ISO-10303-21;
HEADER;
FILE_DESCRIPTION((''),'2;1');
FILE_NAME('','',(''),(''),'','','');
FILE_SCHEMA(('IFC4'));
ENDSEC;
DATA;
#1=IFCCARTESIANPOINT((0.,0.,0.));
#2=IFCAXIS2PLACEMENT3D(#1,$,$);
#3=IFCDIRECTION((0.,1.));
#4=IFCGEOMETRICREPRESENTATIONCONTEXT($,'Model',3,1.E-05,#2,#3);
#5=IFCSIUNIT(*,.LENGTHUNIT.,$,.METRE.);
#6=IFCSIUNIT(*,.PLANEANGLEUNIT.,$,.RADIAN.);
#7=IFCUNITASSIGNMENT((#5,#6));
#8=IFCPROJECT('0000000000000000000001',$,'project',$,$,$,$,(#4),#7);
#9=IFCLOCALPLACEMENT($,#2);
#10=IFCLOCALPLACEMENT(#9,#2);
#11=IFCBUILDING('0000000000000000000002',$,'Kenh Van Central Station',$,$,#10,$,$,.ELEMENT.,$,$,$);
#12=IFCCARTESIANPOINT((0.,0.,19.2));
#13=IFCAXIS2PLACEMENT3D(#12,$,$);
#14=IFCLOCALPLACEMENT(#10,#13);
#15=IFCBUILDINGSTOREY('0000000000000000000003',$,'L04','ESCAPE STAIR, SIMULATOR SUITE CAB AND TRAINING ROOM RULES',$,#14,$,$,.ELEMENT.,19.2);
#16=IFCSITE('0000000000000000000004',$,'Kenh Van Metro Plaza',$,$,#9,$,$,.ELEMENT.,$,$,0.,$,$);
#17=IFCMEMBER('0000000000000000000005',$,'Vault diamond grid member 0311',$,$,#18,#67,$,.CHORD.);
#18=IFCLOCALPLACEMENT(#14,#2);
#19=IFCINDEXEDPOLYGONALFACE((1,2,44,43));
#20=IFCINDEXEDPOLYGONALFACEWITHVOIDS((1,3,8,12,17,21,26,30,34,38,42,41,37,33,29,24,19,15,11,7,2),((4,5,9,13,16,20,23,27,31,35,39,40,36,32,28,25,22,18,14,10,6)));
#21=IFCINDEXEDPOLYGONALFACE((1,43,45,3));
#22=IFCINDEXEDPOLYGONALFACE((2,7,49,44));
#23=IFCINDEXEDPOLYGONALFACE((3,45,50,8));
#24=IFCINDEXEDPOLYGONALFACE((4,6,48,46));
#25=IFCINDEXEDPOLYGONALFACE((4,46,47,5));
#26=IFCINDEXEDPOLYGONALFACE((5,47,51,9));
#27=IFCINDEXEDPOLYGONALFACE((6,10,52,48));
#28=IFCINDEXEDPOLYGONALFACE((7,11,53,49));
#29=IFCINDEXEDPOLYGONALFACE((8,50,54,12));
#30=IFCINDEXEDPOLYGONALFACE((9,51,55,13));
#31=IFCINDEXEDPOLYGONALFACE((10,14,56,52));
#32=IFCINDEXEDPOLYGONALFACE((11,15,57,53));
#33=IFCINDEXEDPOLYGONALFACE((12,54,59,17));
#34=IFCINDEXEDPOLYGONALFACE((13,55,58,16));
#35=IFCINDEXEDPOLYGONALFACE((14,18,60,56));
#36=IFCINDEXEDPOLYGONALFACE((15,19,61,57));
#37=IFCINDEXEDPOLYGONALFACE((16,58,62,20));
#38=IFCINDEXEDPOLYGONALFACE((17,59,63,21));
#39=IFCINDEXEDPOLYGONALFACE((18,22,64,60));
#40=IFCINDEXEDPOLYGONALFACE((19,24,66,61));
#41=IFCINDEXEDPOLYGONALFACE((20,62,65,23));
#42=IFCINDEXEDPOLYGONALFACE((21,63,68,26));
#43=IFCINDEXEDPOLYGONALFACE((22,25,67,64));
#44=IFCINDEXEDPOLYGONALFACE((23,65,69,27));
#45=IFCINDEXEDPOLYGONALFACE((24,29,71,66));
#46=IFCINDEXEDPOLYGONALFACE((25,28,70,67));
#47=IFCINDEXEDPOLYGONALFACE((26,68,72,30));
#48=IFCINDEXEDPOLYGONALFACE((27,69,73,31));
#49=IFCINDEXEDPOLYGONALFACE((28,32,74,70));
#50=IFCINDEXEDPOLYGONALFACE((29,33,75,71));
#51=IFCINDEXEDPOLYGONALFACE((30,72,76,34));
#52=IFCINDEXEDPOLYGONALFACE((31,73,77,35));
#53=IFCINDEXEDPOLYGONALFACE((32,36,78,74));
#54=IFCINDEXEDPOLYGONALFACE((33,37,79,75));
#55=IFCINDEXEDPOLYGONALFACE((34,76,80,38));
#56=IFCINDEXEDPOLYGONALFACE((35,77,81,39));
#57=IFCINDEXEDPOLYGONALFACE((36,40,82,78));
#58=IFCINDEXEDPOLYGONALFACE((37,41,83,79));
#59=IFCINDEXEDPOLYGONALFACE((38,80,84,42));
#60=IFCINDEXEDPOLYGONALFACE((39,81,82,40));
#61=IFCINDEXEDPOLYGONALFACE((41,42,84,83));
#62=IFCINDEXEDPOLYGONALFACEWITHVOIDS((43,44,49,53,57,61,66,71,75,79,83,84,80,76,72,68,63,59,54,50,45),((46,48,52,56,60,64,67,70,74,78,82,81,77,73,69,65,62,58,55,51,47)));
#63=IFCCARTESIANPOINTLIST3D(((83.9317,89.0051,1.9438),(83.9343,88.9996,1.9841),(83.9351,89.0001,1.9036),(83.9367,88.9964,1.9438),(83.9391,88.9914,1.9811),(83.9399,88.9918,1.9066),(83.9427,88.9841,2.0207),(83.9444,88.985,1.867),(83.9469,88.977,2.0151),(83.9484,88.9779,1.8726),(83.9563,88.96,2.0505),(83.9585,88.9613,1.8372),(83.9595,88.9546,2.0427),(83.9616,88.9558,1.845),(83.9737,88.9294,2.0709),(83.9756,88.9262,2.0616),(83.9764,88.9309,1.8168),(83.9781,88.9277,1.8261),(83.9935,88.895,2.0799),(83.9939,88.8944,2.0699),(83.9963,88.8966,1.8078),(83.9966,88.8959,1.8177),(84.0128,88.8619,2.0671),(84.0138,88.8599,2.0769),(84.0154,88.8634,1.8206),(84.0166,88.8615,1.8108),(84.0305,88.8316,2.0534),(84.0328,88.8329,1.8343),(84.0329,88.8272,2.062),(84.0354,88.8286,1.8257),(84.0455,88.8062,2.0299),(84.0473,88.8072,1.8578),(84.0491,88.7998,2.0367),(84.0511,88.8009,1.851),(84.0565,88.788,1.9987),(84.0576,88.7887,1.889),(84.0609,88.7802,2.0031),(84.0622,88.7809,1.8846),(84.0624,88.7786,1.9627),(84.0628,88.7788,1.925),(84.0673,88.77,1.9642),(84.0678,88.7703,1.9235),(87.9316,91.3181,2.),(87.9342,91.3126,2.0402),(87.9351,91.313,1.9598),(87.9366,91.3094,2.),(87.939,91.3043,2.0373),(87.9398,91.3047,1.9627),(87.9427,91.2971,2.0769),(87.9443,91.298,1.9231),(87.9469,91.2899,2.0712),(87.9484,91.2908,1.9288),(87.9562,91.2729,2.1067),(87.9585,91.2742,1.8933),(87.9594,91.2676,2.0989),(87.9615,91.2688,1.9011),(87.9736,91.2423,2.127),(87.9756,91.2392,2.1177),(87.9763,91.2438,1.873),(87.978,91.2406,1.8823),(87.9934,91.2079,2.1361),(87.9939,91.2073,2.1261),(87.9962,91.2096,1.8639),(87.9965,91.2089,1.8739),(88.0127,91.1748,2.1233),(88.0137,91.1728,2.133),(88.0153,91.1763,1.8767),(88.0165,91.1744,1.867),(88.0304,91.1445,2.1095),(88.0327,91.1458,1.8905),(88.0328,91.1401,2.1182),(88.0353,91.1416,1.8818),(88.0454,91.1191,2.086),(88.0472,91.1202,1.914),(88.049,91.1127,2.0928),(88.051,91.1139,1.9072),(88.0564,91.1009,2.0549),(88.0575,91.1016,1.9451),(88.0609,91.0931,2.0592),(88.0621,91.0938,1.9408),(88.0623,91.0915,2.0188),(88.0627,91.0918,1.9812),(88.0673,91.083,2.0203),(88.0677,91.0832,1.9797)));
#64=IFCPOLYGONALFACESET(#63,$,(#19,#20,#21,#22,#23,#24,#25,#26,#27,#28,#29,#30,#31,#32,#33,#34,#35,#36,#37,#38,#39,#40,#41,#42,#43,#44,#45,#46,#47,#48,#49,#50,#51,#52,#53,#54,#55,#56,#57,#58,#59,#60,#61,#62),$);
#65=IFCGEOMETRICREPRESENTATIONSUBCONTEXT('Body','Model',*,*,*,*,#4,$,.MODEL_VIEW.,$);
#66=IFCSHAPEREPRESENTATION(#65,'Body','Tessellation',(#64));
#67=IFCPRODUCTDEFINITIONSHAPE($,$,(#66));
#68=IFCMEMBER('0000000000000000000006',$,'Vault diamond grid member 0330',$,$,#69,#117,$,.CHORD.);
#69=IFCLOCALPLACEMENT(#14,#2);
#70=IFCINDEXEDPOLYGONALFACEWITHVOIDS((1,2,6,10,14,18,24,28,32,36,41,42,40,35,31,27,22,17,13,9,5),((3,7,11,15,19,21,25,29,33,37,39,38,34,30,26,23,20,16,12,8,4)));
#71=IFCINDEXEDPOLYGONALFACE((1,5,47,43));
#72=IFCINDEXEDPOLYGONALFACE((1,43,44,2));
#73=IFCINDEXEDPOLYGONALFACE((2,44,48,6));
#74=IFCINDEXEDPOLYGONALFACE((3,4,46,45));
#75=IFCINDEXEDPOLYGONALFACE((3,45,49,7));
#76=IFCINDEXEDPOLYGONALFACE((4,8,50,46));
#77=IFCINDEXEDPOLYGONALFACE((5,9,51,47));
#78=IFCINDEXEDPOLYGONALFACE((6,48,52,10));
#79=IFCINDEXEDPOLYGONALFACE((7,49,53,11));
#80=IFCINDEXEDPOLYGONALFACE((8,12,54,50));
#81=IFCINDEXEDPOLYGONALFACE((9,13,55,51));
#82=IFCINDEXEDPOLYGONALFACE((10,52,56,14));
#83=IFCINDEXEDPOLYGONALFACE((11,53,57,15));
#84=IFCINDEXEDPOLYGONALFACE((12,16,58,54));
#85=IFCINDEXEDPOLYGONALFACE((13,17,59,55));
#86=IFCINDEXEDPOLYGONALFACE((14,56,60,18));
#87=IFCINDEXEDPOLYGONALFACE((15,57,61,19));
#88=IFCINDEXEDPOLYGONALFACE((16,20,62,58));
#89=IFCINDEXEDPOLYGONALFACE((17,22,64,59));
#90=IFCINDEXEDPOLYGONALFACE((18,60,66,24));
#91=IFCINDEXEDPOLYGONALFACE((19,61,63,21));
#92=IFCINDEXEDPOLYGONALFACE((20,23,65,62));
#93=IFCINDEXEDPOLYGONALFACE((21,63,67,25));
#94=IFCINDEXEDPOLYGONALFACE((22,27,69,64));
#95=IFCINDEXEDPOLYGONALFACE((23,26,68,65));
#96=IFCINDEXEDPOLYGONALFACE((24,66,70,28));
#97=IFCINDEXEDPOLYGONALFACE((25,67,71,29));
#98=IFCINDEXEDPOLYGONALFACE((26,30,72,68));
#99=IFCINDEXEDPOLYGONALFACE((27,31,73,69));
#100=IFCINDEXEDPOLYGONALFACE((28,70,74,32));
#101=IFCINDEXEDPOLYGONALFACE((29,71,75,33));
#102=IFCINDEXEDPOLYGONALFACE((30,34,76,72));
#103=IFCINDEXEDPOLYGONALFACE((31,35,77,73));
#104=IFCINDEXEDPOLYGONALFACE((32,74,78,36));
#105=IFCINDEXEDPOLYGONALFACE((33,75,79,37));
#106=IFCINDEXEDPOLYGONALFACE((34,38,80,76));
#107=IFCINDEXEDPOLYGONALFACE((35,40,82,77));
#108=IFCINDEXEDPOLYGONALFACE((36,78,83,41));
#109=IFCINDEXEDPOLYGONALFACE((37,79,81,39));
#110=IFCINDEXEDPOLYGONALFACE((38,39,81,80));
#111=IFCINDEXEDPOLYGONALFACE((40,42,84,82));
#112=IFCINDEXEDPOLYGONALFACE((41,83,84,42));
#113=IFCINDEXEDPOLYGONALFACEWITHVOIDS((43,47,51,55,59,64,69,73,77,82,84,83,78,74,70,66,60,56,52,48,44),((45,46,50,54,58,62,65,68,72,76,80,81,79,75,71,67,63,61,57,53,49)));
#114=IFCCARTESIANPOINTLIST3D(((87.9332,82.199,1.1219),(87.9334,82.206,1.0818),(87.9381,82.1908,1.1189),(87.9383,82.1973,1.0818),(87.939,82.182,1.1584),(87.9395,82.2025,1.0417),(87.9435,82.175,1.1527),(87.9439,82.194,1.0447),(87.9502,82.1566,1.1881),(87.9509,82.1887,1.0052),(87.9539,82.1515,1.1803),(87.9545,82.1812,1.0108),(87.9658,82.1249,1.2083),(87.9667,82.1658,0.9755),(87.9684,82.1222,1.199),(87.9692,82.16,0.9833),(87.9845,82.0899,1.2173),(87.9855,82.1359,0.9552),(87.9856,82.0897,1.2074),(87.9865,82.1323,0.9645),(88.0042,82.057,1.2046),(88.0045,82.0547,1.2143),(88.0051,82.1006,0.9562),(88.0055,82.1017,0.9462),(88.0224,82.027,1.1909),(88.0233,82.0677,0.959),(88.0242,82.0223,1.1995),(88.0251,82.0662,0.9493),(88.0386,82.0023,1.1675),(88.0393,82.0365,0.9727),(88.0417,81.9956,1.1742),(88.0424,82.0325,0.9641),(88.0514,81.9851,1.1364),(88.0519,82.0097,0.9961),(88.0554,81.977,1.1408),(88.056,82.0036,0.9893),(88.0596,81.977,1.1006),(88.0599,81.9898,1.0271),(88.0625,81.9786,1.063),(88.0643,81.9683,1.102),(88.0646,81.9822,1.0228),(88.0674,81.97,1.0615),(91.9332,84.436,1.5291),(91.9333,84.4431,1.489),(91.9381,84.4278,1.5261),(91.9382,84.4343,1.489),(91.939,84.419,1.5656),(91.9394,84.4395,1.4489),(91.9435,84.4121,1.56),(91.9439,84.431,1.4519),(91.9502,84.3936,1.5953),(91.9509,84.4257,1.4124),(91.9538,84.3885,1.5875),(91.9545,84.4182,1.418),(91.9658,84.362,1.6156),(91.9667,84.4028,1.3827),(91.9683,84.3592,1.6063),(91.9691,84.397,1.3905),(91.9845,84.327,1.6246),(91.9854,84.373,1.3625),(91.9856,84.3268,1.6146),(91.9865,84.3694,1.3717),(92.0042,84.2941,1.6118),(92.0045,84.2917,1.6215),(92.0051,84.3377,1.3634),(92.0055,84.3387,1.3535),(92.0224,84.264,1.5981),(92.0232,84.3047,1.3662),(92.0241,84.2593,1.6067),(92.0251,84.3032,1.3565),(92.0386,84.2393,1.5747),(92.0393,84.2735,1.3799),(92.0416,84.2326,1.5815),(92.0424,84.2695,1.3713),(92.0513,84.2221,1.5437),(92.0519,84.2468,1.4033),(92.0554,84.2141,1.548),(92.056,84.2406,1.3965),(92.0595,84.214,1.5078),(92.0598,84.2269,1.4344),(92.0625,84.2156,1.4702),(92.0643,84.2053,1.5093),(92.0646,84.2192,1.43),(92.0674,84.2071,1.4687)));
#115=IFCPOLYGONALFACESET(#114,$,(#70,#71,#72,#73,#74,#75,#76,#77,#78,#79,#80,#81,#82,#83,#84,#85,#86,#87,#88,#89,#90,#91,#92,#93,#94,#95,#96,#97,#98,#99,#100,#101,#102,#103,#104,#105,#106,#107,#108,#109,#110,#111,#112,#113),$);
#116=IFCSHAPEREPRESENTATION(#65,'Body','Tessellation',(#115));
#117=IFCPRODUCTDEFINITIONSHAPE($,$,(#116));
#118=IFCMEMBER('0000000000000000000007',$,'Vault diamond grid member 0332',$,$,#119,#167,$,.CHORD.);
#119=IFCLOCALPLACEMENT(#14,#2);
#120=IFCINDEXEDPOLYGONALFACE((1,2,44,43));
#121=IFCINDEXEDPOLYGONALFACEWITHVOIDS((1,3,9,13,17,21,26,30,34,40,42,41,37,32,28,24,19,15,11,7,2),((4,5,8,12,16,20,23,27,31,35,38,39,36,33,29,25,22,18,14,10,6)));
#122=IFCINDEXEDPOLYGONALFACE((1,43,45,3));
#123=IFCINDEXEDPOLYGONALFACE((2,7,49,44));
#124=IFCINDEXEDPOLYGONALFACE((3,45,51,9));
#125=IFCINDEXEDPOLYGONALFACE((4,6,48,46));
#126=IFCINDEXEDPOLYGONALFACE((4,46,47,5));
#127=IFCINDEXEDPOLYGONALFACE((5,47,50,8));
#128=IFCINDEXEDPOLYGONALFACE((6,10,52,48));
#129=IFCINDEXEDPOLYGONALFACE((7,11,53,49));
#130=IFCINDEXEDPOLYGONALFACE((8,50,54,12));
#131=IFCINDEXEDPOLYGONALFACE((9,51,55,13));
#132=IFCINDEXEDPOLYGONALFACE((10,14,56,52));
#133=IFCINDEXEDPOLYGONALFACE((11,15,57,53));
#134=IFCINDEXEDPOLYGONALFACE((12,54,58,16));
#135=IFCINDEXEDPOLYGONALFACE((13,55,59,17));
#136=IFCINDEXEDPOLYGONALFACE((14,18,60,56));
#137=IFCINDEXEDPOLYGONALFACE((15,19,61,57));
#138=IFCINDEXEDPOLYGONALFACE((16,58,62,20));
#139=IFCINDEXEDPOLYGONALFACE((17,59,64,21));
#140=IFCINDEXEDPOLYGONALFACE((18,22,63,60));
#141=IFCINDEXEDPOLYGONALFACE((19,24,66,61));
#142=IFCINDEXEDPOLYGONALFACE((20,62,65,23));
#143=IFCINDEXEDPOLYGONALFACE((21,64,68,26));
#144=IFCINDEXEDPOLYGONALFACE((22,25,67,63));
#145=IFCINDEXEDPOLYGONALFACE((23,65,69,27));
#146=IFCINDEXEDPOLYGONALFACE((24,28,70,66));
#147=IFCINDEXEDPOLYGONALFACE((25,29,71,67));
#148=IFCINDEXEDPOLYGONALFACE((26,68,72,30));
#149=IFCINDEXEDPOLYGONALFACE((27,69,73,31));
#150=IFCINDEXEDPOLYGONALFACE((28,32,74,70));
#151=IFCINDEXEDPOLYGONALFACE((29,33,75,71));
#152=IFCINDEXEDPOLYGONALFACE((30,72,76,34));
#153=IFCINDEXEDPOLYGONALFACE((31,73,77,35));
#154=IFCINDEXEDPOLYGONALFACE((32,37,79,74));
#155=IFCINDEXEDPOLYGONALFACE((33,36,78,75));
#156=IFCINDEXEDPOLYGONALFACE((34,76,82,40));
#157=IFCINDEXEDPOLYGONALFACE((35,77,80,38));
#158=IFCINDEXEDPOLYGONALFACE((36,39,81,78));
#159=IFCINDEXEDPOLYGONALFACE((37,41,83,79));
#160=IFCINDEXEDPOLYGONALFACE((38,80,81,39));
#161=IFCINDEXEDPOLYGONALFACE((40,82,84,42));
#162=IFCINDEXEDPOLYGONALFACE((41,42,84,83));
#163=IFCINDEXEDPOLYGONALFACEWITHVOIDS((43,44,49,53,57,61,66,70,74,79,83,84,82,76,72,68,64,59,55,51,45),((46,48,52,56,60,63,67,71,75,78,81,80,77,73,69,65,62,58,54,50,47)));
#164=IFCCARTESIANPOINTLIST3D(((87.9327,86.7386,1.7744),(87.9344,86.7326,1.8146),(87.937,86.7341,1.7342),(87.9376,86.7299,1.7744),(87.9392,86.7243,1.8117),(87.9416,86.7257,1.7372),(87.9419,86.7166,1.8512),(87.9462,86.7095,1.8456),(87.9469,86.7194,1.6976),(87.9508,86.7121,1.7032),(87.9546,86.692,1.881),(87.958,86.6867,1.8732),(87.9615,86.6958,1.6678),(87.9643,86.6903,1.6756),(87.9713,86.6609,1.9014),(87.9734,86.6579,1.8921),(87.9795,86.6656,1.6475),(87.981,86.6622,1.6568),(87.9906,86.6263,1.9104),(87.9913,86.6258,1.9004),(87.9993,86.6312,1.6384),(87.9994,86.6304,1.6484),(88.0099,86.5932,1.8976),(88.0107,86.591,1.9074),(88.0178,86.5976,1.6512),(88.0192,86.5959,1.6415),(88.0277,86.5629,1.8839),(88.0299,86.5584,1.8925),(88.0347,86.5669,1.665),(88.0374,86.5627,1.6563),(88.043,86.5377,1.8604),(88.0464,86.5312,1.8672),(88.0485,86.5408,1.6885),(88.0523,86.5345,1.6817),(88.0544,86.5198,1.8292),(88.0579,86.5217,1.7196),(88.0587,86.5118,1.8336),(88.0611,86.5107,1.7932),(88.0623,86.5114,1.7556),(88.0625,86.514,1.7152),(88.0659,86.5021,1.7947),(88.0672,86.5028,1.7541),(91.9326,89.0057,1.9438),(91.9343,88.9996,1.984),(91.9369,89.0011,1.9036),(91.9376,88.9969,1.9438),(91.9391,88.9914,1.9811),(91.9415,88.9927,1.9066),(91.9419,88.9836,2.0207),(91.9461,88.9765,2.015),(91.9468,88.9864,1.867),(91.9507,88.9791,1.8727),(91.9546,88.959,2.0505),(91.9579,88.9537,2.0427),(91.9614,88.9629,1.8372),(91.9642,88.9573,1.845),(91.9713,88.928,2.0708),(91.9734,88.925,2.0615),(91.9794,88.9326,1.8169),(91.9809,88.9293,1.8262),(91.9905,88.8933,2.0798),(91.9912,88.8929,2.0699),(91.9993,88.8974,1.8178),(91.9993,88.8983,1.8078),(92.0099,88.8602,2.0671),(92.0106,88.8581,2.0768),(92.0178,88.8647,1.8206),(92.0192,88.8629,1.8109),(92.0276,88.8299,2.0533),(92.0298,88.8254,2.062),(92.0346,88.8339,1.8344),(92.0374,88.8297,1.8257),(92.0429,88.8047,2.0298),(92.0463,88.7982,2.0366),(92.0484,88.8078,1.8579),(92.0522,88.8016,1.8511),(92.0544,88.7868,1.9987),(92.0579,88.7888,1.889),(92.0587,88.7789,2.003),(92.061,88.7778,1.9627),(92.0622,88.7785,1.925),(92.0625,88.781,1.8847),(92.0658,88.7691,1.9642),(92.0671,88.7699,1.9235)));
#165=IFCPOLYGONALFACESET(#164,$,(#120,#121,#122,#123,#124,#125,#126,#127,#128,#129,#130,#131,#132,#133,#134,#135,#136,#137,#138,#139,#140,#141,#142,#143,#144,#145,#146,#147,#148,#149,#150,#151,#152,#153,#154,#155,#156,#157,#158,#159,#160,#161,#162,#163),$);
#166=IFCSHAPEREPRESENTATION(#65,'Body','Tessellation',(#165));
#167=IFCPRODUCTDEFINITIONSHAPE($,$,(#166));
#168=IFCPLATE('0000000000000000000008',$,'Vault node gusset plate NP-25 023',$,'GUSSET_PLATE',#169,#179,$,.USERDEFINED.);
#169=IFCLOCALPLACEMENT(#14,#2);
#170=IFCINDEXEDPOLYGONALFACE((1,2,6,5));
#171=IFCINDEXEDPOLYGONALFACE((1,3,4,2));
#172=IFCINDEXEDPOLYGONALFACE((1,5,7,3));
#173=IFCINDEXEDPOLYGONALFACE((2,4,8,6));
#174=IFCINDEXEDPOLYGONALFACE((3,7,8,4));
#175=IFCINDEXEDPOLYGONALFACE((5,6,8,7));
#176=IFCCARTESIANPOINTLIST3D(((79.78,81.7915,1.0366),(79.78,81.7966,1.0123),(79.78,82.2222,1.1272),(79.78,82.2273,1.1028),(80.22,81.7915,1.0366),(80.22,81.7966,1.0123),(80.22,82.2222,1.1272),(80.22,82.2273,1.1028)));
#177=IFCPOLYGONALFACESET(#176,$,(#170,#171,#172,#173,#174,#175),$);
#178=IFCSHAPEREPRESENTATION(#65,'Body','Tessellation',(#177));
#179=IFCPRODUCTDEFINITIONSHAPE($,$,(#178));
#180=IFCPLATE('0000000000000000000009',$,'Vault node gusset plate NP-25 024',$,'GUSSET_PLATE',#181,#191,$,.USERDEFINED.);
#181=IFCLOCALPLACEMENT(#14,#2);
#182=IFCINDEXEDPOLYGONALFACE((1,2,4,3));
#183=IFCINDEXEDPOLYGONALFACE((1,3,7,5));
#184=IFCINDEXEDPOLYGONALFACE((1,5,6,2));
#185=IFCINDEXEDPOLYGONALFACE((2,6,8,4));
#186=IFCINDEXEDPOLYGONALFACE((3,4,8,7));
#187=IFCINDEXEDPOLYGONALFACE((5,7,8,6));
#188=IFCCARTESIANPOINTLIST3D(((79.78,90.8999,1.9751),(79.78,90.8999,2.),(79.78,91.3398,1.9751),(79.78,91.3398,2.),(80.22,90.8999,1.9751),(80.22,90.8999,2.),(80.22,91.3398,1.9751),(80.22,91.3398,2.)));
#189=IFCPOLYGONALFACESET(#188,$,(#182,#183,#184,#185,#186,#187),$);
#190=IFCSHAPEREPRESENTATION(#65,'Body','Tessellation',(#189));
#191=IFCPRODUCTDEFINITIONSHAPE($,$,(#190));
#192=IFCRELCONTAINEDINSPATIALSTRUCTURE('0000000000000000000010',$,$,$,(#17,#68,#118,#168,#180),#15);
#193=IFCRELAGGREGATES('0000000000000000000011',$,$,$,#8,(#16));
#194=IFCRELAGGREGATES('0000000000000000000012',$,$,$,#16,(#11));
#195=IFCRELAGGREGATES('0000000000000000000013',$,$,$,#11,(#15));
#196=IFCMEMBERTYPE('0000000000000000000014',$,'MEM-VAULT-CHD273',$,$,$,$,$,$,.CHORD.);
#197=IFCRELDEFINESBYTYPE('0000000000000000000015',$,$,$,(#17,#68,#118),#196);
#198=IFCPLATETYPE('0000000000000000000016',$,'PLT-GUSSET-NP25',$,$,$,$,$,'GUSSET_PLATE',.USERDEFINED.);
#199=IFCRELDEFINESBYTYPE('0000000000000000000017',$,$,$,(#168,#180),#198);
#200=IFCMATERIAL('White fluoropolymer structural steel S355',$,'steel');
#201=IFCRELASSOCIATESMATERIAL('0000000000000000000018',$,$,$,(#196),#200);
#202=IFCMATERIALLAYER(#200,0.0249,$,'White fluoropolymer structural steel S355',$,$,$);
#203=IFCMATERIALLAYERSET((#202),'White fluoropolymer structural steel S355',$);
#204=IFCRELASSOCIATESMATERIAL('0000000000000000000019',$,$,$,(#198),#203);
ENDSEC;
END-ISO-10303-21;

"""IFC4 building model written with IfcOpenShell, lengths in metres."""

from ifc_helpers import new_model, si_unit, direction, frame, origin, origin_2d, place, context, subcontext, project, spatial, polyline, hollow_circle, outline, extrude, material, layer, layer_set, material_profile, profile_set, type_object, element, save


model = new_model("IFC4")

# Units and contexts
model_context = context("Model", 3, precision=1e-05, world=origin(), true_north=direction((0.0, 1.0)))
body_context = subcontext(model_context, "Body", "Model", "MODEL_VIEW")
ifc_project = project(units=[si_unit("LENGTHUNIT", "METRE"), si_unit("PLANEANGLEUNIT", "RADIAN")], contexts=[model_context])

# Site, building, storey
site_placement = place(None, origin())
site = spatial("IfcSite", under=ifc_project, at=site_placement, Name="Kenh Van Metro Plaza", CompositionType="ELEMENT", RefElevation=0.0)
building_placement = place(site_placement, origin())
building = spatial("IfcBuilding", under=site, at=building_placement, Name="Kenh Van Central Station", CompositionType="ELEMENT")
storey_placement = place(building_placement, frame((0.0, 0.0, 19.2)))
storey = spatial("IfcBuildingStorey", under=building, at=storey_placement, Name="L04", Description="ESCAPE STAIR, SIMULATOR SUITE CAB AND TRAINING ROOM RULES", CompositionType="ELEMENT", Elevation=19.2)

# Shared definitions
ifc_material_1 = material(Name="White fluoropolymer structural steel S355", Category="steel")

# Members
ifc_material_profile_1 = material_profile(ifc_material_1, hollow_circle(Radius=0.1365, WallThickness=0.01, at=origin_2d()), Name="CHS 273x10")
ifc_profile_set_1 = profile_set([ifc_material_profile_1], Name="White fluoropolymer structural steel S355")
member_type_1 = type_object("IfcMemberType", Name="MEM-VAULT-CHD273", PredefinedType="CHORD", material=ifc_profile_set_1)
for number, where, z_axis, x_axis, name in (
    (1, (84.0, 88.887, 1.9438), (0.865625, 0.500545, 0.012152), (-0.500582, 0.865689, 0.0), "Vault diamond grid member 0311"),
):
    element("IfcMember", number, at=place(storey_placement, frame(where, z_axis=z_axis, x_axis=x_axis)), inside=storey, type_object=member_type_1, Name=name, PredefinedType="CHORD", context=body_context, shape_type="SweptSolid", body=[
        extrude(hollow_circle(Radius=0.1365, WallThickness=0.01, at=origin_2d()), origin(), (0.0, 0.0, 1.0), 4.6208),
    ])
member_1_placement = place(storey_placement, frame((88.0, 82.0869, 1.0818), z_axis=(0.869354, 0.486199, 0.088506), x_axis=(-0.488115, 0.872779, 0.0)))
element("IfcMember", 2, at=member_1_placement, inside=storey, type_object=member_type_1, Name="Vault diamond grid member 0330", PredefinedType="CHORD", context=body_context, shape_type="SweptSolid", body=[
    extrude(hollow_circle(Radius=0.1365, WallThickness=0.01, at=origin_2d()), origin(), (0.0, 0.0, 1.0), 4.6011),
])
member_2_placement = place(storey_placement, frame((88.0, 86.6199, 1.7744), z_axis=(0.869393, 0.492748, 0.036826), x_axis=(-0.493082, 0.869983, 0.0)))
element("IfcMember", 3, at=member_2_placement, inside=storey, type_object=member_type_1, Name="Vault diamond grid member 0332", PredefinedType="CHORD", context=body_context, shape_type="SweptSolid", body=[
    extrude(hollow_circle(Radius=0.1365, WallThickness=0.01, at=origin_2d()), origin(), (0.0, 0.0, 1.0), 4.6008),
])

# Plates
ifc_layer_1 = layer(ifc_material_1, 0.0249, Name="White fluoropolymer structural steel S355")
ifc_layer_set_1 = layer_set([ifc_layer_1], Name="White fluoropolymer structural steel S355")
plate_type_1 = type_object("IfcPlateType", Name="PLT-GUSSET-NP25", ElementType="GUSSET_PLATE", PredefinedType="USERDEFINED", material=ifc_layer_set_1)
plate_1_placement = place(storey_placement, frame((79.78, 81.7915, 1.0366), z_axis=(0.0, -0.205815, 0.978591), x_axis=(1.0, 0.0, 0.0)))
element("IfcPlate", 4, at=plate_1_placement, inside=storey, type_object=plate_type_1, Name="Vault node gusset plate NP-25 023", ObjectType="GUSSET_PLATE", PredefinedType="USERDEFINED", context=body_context, shape_type="SweptSolid", body=[
    extrude(outline(polyline([(0.0, 0.0), (0.4399, 0.0), (0.4399, 0.4401), (0.0, 0.4401), (0.0, 0.0)])), origin(), (0.0, 0.0, -1.0), 0.0249),
])
plate_2_placement = place(storey_placement, frame((79.78, 90.8999, 2.0), z_axis=(0.0, 0.0, 1.0), x_axis=(1.0, 0.0, 0.0)))
element("IfcPlate", 5, at=plate_2_placement, inside=storey, type_object=plate_type_1, Name="Vault node gusset plate NP-25 024", ObjectType="GUSSET_PLATE", PredefinedType="USERDEFINED", context=body_context, shape_type="SweptSolid", body=[
    extrude(outline(polyline([(0.0, 0.0), (0.4399, 0.0), (0.4399, 0.4399), (0.0, 0.4399), (0.0, 0.0)])), origin(), (0.0, 0.0, -1.0), 0.0249),
])

save(model, "model.ifc")
